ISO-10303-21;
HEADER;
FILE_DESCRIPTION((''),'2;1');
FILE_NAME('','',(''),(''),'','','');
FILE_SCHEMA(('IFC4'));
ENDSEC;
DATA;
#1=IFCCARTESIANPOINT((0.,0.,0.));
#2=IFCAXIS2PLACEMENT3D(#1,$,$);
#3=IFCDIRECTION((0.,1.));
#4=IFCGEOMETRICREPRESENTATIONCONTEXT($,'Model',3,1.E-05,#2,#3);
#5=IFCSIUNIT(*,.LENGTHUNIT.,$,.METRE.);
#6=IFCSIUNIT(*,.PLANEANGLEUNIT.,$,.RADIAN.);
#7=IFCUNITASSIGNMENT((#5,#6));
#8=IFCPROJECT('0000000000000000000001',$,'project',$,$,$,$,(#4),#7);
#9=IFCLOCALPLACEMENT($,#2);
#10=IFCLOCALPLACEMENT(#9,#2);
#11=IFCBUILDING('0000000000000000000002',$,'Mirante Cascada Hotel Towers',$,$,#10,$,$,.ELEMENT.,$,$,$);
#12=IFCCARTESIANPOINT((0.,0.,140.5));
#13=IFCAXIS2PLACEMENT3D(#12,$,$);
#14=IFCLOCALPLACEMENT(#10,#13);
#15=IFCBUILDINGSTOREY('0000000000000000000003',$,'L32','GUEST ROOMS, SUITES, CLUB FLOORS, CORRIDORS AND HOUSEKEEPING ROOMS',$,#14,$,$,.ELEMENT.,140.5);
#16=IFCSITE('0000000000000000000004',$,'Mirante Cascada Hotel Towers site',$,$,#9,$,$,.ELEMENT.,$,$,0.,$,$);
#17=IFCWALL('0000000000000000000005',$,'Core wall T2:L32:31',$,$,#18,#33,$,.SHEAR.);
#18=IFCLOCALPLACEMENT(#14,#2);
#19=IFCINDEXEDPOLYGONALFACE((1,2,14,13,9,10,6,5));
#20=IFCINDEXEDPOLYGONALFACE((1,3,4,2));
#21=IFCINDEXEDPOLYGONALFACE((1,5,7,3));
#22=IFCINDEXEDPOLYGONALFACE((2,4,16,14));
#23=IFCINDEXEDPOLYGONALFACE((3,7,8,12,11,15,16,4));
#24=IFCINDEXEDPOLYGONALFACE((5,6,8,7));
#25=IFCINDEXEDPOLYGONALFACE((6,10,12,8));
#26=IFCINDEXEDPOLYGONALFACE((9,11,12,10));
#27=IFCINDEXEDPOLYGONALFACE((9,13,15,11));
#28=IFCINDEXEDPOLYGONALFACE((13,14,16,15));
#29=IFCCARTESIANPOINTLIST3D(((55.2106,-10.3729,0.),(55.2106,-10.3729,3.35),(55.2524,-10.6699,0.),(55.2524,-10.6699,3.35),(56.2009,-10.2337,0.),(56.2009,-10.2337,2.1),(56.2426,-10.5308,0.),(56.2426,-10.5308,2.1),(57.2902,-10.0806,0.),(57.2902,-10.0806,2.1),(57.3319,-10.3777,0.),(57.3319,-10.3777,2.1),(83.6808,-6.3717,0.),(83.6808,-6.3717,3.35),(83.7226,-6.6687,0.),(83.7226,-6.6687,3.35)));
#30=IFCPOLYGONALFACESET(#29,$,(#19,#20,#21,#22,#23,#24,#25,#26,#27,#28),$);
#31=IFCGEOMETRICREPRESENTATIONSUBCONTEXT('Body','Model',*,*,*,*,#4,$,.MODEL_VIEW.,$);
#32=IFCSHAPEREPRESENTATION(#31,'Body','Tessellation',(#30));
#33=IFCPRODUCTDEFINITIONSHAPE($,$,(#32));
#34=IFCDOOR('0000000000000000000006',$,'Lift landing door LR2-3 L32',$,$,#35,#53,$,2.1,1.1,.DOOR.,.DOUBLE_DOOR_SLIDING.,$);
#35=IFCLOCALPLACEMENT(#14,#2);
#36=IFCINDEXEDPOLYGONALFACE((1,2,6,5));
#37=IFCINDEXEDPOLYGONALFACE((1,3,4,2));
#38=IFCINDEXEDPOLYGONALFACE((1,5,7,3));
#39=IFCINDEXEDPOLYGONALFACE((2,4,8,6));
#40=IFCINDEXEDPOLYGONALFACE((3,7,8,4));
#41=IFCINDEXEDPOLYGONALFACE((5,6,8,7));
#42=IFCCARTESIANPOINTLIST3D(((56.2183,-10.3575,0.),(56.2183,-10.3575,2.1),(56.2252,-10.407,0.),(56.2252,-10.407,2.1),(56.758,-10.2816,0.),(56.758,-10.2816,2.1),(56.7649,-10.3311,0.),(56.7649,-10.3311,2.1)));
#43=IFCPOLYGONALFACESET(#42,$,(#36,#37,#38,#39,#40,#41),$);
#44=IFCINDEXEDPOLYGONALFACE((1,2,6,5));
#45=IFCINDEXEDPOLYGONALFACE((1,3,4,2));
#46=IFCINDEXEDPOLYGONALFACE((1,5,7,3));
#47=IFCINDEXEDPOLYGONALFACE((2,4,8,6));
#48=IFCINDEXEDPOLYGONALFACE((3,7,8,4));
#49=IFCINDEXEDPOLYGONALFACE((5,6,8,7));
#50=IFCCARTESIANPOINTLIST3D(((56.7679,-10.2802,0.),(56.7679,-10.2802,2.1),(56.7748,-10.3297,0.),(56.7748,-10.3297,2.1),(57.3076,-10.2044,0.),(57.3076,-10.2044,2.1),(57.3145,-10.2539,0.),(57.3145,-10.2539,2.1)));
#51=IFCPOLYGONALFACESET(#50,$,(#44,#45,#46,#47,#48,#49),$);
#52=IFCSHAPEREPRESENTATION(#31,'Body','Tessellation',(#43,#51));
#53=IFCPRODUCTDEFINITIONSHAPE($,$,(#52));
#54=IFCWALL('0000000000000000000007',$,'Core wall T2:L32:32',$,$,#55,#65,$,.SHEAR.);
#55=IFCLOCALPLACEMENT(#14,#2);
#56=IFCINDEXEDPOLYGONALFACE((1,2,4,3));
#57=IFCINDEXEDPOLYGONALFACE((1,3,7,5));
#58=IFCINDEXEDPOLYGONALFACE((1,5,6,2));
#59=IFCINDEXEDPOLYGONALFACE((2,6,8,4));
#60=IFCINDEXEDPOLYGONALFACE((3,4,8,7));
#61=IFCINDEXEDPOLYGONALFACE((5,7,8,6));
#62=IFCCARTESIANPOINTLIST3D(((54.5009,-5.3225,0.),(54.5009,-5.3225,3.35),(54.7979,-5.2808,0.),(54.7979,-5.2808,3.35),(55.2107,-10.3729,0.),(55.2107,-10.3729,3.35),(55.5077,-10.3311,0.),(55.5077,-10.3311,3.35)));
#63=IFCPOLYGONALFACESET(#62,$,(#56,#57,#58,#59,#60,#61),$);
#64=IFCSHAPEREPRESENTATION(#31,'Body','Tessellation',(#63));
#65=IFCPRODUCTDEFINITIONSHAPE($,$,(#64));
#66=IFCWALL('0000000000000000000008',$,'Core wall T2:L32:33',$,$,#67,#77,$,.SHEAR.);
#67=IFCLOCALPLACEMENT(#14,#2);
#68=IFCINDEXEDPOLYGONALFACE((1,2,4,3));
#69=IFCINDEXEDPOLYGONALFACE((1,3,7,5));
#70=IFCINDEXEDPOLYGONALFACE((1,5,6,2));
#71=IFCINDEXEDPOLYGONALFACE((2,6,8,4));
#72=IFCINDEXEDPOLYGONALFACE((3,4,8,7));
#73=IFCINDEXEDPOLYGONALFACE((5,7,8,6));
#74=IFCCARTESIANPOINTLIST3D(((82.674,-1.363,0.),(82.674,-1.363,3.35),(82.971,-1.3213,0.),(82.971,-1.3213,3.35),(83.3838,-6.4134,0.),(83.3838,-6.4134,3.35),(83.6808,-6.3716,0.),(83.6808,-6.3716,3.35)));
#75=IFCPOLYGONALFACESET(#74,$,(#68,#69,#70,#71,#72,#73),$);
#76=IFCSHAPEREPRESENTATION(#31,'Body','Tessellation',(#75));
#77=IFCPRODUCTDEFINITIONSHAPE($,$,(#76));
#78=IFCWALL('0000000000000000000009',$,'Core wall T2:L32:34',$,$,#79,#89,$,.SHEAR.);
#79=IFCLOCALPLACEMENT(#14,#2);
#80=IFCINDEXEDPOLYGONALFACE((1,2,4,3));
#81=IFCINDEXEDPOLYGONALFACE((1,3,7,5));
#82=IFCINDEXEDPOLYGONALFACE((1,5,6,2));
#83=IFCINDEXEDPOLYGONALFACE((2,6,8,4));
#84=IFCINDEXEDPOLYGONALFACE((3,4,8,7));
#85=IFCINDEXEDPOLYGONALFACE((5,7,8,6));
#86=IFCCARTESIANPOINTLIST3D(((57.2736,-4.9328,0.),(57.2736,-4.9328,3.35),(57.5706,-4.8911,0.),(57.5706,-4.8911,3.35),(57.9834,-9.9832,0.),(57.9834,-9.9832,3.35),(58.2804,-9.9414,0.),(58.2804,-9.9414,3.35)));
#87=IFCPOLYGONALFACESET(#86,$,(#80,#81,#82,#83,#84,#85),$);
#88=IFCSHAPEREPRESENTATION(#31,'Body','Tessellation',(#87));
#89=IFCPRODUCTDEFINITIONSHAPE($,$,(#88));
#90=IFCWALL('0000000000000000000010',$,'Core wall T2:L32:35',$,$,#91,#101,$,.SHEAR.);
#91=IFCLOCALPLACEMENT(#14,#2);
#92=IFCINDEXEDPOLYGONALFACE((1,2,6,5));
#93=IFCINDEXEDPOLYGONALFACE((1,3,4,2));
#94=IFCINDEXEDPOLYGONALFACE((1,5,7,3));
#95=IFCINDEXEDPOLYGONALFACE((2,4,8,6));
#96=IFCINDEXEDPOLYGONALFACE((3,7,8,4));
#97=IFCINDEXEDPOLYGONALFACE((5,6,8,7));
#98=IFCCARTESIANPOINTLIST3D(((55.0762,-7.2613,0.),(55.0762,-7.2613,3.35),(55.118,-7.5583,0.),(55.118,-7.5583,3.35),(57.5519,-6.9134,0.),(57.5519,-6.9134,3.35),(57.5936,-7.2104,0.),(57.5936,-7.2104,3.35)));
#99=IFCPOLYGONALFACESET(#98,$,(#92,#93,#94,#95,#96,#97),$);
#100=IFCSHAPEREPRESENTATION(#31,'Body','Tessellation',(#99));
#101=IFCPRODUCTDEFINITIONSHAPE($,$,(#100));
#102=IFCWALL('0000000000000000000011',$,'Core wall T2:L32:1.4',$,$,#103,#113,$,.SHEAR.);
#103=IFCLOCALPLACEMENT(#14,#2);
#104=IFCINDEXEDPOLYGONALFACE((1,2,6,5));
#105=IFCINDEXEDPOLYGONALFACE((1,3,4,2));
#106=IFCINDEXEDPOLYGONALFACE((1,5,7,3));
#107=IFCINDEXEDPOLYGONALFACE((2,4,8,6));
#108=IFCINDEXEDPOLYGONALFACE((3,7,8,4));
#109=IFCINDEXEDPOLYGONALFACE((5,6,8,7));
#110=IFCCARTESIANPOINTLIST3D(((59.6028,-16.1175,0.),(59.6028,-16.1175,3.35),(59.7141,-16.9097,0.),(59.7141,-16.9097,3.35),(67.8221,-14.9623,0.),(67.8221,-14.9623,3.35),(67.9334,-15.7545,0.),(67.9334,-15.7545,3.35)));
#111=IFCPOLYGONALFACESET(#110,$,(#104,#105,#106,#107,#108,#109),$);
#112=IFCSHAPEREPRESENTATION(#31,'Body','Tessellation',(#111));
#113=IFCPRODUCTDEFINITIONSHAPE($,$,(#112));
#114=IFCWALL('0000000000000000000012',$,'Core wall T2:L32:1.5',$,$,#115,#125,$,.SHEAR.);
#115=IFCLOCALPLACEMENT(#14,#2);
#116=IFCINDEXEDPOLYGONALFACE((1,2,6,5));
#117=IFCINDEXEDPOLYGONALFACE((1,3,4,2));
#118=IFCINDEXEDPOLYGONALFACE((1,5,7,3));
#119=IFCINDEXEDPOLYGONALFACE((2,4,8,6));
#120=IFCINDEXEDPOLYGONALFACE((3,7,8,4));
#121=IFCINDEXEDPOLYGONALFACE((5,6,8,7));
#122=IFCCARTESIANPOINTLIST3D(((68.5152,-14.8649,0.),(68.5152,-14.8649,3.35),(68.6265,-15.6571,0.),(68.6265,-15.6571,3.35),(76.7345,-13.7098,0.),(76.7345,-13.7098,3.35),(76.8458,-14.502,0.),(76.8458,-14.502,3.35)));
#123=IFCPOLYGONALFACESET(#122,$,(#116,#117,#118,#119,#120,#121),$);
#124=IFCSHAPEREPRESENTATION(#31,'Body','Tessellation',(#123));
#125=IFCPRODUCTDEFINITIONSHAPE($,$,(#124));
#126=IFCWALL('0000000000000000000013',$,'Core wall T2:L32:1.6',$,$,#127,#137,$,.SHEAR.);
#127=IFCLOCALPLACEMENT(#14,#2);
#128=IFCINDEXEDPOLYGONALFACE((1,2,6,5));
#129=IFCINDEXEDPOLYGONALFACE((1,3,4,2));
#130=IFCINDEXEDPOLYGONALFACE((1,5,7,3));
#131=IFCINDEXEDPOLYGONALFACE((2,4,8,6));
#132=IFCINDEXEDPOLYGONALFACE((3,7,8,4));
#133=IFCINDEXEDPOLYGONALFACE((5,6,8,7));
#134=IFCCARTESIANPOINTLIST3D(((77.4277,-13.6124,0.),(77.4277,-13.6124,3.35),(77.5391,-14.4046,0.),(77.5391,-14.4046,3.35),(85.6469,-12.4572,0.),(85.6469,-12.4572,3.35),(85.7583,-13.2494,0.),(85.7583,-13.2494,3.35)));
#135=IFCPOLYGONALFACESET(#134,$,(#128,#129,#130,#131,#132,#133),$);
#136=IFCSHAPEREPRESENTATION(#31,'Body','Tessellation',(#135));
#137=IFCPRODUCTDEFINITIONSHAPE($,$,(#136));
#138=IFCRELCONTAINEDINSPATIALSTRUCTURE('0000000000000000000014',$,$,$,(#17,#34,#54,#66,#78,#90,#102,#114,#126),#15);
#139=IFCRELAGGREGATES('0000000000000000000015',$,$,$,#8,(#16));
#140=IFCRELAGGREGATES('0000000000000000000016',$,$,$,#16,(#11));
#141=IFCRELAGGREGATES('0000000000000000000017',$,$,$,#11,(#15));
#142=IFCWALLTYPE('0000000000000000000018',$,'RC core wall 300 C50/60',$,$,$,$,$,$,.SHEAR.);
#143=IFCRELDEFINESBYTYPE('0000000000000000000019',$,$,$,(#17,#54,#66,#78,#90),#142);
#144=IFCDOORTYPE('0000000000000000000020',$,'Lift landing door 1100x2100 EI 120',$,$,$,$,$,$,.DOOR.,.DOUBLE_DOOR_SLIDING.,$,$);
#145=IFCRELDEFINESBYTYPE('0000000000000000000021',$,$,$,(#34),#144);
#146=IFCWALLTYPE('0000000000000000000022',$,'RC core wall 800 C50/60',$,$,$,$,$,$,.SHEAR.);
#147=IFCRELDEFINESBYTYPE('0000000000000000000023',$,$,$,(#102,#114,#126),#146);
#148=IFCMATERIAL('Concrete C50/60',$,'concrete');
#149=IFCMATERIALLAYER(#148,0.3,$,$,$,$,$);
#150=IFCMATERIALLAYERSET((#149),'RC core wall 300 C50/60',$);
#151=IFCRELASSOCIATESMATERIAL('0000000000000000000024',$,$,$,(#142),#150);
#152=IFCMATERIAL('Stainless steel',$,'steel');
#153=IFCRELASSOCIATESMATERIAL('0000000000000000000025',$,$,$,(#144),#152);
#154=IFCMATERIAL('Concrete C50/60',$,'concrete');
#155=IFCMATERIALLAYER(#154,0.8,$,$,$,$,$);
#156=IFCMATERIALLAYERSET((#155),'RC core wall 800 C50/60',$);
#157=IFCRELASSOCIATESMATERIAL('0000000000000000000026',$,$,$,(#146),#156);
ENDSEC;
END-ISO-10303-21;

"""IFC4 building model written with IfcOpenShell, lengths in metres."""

from ifc_helpers import new_model, si_unit, direction, frame, frame_2d, origin, place, context, subcontext, project, spatial, rectangle, extrude, material, layer, layer_set, type_object, element, fill, save


model = new_model("IFC4")

# Units and contexts
model_context = context("Model", 3, precision=1e-05, world=origin(), true_north=direction((0.0, 1.0)))
body_context = subcontext(model_context, "Body", "Model", "MODEL_VIEW")
ifc_project = project(units=[si_unit("LENGTHUNIT", "METRE"), si_unit("PLANEANGLEUNIT", "RADIAN")], contexts=[model_context])

# Site, building, storey
site_placement = place(None, origin())
site = spatial("IfcSite", under=ifc_project, at=site_placement, Name="Mirante Cascada Hotel Towers site", CompositionType="ELEMENT", RefElevation=0.0)
building_placement = place(site_placement, origin())
building = spatial("IfcBuilding", under=site, at=building_placement, Name="Mirante Cascada Hotel Towers", CompositionType="ELEMENT")
storey_placement = place(building_placement, frame((0.0, 0.0, 140.5)))
storey = spatial("IfcBuildingStorey", under=building, at=storey_placement, Name="L32", Description="GUEST ROOMS, SUITES, CLUB FLOORS, CORRIDORS AND HOUSEKEEPING ROOMS", CompositionType="ELEMENT", Elevation=140.5)

# Shared definitions
ifc_material_1 = material(Name="Concrete C50/60", Category="concrete")
ifc_layer_1 = layer(ifc_material_1, 0.3)
ifc_layer_set_1 = layer_set([ifc_layer_1], Name="RC core wall 300 C50/60")
wall_type_1 = type_object("IfcWallType", Name="RC core wall 300 C50/60", PredefinedType="SHEAR", material=ifc_layer_set_1)

# Wall, opening, door
wall_1_placement = place(storey_placement, frame((55.2315, -10.5214, 0.0), z_axis=(0.0, 0.0, 1.0), x_axis=(0.990268, 0.139172, 0.0)))
wall_1 = element("IfcWall", 1, at=wall_1_placement, inside=storey, type_object=wall_type_1, Name="Core wall T2:L32:31", PredefinedType="SHEAR", context=body_context, shape_type="SweptSolid", body=[
    extrude(rectangle(XDim=28.75, YDim=0.3, at=frame_2d((14.375, 0.0))), origin(), (0.0, 0.0, 1.0), 3.35),
])
opening_1_placement = place(wall_1_placement, frame((1.0, 0.0, 0.0)))
opening_1 = element("IfcOpeningElement", 2, at=opening_1_placement, cuts=wall_1, PredefinedType="OPENING", context=body_context, shape_type="SweptSolid", body=[
    extrude(rectangle(XDim=1.1, YDim=2.1, at=frame_2d((0.55, 1.05))), frame((0.0, 0.15, 0.0), z_axis=(0.0, -1.0, 0.0), x_axis=(1.0, 0.0, 0.0)), (0.0, 0.0, 1.0), 0.3),
])
ifc_material_2 = material(Name="Stainless steel", Category="steel")
door_type_1 = type_object("IfcDoorType", Name="Lift landing door 1100x2100 EI 120", OperationType="DOUBLE_DOOR_SLIDING", PredefinedType="DOOR", material=ifc_material_2)
door_1_placement = place(opening_1_placement, origin())
door_1 = element("IfcDoor", 3, at=door_1_placement, inside=storey, type_object=door_type_1, Name="Lift landing door LR2-3 L32", OperationType="DOUBLE_DOOR_SLIDING", OverallHeight=2.1, OverallWidth=1.1, PredefinedType="DOOR", context=body_context, shape_type="SweptSolid", body=[
    extrude(rectangle(XDim=0.545, YDim=2.1, at=frame_2d((0.2725, 1.05))), frame((0.0, 0.025, 0.0), z_axis=(0.0, -1.0, 0.0), x_axis=(1.0, 0.0, 0.0)), (0.0, 0.0, 1.0), 0.05),
    extrude(rectangle(XDim=0.545, YDim=2.1, at=frame_2d((0.8275, 1.05))), frame((0.0, 0.025, 0.0), z_axis=(0.0, -1.0, 0.0), x_axis=(1.0, 0.0, 0.0)), (0.0, 0.0, 1.0), 0.05),
])
fill(opening_1, door_1)

# Walls
for number, where, z_axis, x_axis, name in (
    (4, (55.3592, -10.352, 0.0), (0.0, 0.0, 1.0), (-0.139176, 0.990268, 0.0), "Core wall T2:L32:32"),
    (5, (83.5323, -6.3925, 0.0), (0.0, 0.0, 1.0), (-0.139176, 0.990268, 0.0), "Core wall T2:L32:33"),
    (6, (58.1319, -9.9623, 0.0), (0.0, 0.0, 1.0), (-0.139176, 0.990268, 0.0), "Core wall T2:L32:34"),
):
    element("IfcWall", number, at=place(storey_placement, frame(where, z_axis=z_axis, x_axis=x_axis)), inside=storey, type_object=wall_type_1, Name=name, PredefinedType="SHEAR", context=body_context, shape_type="SweptSolid", body=[
        extrude(rectangle(XDim=5.1, YDim=0.3, at=frame_2d((2.55, 0.0))), origin(), (0.0, 0.0, 1.0), 3.35),
    ])
wall_2_placement = place(storey_placement, frame((55.0971, -7.4098, 0.0), z_axis=(0.0, 0.0, 1.0), x_axis=(0.99027, 0.139159, 0.0)))
element("IfcWall", 7, at=wall_2_placement, inside=storey, type_object=wall_type_1, Name="Core wall T2:L32:35", PredefinedType="SHEAR", context=body_context, shape_type="SweptSolid", body=[
    extrude(rectangle(XDim=2.5, YDim=0.3, at=frame_2d((1.25, 0.0))), origin(), (0.0, 0.0, 1.0), 3.35),
])
ifc_material_3 = material(Name="Concrete C50/60", Category="concrete")
ifc_layer_2 = layer(ifc_material_3, 0.8)
ifc_layer_set_2 = layer_set([ifc_layer_2], Name="RC core wall 800 C50/60")
wall_type_2 = type_object("IfcWallType", Name="RC core wall 800 C50/60", PredefinedType="SHEAR", material=ifc_layer_set_2)
for number, where, z_axis, x_axis, name in (
    (8, (59.6585, -16.5136, 0.0), (0.0, 0.0, 1.0), (0.990267, 0.139179, 0.0), "Core wall T2:L32:1.4"),
    (9, (68.5709, -15.261, 0.0), (0.0, 0.0, 1.0), (0.990269, 0.139167, 0.0), "Core wall T2:L32:1.5"),
):
    element("IfcWall", number, at=place(storey_placement, frame(where, z_axis=z_axis, x_axis=x_axis)), inside=storey, type_object=wall_type_2, Name=name, PredefinedType="SHEAR", context=body_context, shape_type="SweptSolid", body=[
        extrude(rectangle(XDim=8.3001, YDim=0.8, at=frame_2d((4.15, 0.0))), origin(), (0.0, 0.0, 1.0), 3.35),
    ])
wall_3_placement = place(storey_placement, frame((77.4834, -14.0085, 0.0), z_axis=(0.0, 0.0, 1.0), x_axis=(0.990267, 0.139181, 0.0)))
element("IfcWall", 10, at=wall_3_placement, inside=storey, type_object=wall_type_2, Name="Core wall T2:L32:1.6", PredefinedType="SHEAR", context=body_context, shape_type="SweptSolid", body=[
    extrude(rectangle(XDim=8.3, YDim=0.8, at=frame_2d((4.15, 0.0))), origin(), (0.0, 0.0, 1.0), 3.35),
])

save(model, "model.ifc")
